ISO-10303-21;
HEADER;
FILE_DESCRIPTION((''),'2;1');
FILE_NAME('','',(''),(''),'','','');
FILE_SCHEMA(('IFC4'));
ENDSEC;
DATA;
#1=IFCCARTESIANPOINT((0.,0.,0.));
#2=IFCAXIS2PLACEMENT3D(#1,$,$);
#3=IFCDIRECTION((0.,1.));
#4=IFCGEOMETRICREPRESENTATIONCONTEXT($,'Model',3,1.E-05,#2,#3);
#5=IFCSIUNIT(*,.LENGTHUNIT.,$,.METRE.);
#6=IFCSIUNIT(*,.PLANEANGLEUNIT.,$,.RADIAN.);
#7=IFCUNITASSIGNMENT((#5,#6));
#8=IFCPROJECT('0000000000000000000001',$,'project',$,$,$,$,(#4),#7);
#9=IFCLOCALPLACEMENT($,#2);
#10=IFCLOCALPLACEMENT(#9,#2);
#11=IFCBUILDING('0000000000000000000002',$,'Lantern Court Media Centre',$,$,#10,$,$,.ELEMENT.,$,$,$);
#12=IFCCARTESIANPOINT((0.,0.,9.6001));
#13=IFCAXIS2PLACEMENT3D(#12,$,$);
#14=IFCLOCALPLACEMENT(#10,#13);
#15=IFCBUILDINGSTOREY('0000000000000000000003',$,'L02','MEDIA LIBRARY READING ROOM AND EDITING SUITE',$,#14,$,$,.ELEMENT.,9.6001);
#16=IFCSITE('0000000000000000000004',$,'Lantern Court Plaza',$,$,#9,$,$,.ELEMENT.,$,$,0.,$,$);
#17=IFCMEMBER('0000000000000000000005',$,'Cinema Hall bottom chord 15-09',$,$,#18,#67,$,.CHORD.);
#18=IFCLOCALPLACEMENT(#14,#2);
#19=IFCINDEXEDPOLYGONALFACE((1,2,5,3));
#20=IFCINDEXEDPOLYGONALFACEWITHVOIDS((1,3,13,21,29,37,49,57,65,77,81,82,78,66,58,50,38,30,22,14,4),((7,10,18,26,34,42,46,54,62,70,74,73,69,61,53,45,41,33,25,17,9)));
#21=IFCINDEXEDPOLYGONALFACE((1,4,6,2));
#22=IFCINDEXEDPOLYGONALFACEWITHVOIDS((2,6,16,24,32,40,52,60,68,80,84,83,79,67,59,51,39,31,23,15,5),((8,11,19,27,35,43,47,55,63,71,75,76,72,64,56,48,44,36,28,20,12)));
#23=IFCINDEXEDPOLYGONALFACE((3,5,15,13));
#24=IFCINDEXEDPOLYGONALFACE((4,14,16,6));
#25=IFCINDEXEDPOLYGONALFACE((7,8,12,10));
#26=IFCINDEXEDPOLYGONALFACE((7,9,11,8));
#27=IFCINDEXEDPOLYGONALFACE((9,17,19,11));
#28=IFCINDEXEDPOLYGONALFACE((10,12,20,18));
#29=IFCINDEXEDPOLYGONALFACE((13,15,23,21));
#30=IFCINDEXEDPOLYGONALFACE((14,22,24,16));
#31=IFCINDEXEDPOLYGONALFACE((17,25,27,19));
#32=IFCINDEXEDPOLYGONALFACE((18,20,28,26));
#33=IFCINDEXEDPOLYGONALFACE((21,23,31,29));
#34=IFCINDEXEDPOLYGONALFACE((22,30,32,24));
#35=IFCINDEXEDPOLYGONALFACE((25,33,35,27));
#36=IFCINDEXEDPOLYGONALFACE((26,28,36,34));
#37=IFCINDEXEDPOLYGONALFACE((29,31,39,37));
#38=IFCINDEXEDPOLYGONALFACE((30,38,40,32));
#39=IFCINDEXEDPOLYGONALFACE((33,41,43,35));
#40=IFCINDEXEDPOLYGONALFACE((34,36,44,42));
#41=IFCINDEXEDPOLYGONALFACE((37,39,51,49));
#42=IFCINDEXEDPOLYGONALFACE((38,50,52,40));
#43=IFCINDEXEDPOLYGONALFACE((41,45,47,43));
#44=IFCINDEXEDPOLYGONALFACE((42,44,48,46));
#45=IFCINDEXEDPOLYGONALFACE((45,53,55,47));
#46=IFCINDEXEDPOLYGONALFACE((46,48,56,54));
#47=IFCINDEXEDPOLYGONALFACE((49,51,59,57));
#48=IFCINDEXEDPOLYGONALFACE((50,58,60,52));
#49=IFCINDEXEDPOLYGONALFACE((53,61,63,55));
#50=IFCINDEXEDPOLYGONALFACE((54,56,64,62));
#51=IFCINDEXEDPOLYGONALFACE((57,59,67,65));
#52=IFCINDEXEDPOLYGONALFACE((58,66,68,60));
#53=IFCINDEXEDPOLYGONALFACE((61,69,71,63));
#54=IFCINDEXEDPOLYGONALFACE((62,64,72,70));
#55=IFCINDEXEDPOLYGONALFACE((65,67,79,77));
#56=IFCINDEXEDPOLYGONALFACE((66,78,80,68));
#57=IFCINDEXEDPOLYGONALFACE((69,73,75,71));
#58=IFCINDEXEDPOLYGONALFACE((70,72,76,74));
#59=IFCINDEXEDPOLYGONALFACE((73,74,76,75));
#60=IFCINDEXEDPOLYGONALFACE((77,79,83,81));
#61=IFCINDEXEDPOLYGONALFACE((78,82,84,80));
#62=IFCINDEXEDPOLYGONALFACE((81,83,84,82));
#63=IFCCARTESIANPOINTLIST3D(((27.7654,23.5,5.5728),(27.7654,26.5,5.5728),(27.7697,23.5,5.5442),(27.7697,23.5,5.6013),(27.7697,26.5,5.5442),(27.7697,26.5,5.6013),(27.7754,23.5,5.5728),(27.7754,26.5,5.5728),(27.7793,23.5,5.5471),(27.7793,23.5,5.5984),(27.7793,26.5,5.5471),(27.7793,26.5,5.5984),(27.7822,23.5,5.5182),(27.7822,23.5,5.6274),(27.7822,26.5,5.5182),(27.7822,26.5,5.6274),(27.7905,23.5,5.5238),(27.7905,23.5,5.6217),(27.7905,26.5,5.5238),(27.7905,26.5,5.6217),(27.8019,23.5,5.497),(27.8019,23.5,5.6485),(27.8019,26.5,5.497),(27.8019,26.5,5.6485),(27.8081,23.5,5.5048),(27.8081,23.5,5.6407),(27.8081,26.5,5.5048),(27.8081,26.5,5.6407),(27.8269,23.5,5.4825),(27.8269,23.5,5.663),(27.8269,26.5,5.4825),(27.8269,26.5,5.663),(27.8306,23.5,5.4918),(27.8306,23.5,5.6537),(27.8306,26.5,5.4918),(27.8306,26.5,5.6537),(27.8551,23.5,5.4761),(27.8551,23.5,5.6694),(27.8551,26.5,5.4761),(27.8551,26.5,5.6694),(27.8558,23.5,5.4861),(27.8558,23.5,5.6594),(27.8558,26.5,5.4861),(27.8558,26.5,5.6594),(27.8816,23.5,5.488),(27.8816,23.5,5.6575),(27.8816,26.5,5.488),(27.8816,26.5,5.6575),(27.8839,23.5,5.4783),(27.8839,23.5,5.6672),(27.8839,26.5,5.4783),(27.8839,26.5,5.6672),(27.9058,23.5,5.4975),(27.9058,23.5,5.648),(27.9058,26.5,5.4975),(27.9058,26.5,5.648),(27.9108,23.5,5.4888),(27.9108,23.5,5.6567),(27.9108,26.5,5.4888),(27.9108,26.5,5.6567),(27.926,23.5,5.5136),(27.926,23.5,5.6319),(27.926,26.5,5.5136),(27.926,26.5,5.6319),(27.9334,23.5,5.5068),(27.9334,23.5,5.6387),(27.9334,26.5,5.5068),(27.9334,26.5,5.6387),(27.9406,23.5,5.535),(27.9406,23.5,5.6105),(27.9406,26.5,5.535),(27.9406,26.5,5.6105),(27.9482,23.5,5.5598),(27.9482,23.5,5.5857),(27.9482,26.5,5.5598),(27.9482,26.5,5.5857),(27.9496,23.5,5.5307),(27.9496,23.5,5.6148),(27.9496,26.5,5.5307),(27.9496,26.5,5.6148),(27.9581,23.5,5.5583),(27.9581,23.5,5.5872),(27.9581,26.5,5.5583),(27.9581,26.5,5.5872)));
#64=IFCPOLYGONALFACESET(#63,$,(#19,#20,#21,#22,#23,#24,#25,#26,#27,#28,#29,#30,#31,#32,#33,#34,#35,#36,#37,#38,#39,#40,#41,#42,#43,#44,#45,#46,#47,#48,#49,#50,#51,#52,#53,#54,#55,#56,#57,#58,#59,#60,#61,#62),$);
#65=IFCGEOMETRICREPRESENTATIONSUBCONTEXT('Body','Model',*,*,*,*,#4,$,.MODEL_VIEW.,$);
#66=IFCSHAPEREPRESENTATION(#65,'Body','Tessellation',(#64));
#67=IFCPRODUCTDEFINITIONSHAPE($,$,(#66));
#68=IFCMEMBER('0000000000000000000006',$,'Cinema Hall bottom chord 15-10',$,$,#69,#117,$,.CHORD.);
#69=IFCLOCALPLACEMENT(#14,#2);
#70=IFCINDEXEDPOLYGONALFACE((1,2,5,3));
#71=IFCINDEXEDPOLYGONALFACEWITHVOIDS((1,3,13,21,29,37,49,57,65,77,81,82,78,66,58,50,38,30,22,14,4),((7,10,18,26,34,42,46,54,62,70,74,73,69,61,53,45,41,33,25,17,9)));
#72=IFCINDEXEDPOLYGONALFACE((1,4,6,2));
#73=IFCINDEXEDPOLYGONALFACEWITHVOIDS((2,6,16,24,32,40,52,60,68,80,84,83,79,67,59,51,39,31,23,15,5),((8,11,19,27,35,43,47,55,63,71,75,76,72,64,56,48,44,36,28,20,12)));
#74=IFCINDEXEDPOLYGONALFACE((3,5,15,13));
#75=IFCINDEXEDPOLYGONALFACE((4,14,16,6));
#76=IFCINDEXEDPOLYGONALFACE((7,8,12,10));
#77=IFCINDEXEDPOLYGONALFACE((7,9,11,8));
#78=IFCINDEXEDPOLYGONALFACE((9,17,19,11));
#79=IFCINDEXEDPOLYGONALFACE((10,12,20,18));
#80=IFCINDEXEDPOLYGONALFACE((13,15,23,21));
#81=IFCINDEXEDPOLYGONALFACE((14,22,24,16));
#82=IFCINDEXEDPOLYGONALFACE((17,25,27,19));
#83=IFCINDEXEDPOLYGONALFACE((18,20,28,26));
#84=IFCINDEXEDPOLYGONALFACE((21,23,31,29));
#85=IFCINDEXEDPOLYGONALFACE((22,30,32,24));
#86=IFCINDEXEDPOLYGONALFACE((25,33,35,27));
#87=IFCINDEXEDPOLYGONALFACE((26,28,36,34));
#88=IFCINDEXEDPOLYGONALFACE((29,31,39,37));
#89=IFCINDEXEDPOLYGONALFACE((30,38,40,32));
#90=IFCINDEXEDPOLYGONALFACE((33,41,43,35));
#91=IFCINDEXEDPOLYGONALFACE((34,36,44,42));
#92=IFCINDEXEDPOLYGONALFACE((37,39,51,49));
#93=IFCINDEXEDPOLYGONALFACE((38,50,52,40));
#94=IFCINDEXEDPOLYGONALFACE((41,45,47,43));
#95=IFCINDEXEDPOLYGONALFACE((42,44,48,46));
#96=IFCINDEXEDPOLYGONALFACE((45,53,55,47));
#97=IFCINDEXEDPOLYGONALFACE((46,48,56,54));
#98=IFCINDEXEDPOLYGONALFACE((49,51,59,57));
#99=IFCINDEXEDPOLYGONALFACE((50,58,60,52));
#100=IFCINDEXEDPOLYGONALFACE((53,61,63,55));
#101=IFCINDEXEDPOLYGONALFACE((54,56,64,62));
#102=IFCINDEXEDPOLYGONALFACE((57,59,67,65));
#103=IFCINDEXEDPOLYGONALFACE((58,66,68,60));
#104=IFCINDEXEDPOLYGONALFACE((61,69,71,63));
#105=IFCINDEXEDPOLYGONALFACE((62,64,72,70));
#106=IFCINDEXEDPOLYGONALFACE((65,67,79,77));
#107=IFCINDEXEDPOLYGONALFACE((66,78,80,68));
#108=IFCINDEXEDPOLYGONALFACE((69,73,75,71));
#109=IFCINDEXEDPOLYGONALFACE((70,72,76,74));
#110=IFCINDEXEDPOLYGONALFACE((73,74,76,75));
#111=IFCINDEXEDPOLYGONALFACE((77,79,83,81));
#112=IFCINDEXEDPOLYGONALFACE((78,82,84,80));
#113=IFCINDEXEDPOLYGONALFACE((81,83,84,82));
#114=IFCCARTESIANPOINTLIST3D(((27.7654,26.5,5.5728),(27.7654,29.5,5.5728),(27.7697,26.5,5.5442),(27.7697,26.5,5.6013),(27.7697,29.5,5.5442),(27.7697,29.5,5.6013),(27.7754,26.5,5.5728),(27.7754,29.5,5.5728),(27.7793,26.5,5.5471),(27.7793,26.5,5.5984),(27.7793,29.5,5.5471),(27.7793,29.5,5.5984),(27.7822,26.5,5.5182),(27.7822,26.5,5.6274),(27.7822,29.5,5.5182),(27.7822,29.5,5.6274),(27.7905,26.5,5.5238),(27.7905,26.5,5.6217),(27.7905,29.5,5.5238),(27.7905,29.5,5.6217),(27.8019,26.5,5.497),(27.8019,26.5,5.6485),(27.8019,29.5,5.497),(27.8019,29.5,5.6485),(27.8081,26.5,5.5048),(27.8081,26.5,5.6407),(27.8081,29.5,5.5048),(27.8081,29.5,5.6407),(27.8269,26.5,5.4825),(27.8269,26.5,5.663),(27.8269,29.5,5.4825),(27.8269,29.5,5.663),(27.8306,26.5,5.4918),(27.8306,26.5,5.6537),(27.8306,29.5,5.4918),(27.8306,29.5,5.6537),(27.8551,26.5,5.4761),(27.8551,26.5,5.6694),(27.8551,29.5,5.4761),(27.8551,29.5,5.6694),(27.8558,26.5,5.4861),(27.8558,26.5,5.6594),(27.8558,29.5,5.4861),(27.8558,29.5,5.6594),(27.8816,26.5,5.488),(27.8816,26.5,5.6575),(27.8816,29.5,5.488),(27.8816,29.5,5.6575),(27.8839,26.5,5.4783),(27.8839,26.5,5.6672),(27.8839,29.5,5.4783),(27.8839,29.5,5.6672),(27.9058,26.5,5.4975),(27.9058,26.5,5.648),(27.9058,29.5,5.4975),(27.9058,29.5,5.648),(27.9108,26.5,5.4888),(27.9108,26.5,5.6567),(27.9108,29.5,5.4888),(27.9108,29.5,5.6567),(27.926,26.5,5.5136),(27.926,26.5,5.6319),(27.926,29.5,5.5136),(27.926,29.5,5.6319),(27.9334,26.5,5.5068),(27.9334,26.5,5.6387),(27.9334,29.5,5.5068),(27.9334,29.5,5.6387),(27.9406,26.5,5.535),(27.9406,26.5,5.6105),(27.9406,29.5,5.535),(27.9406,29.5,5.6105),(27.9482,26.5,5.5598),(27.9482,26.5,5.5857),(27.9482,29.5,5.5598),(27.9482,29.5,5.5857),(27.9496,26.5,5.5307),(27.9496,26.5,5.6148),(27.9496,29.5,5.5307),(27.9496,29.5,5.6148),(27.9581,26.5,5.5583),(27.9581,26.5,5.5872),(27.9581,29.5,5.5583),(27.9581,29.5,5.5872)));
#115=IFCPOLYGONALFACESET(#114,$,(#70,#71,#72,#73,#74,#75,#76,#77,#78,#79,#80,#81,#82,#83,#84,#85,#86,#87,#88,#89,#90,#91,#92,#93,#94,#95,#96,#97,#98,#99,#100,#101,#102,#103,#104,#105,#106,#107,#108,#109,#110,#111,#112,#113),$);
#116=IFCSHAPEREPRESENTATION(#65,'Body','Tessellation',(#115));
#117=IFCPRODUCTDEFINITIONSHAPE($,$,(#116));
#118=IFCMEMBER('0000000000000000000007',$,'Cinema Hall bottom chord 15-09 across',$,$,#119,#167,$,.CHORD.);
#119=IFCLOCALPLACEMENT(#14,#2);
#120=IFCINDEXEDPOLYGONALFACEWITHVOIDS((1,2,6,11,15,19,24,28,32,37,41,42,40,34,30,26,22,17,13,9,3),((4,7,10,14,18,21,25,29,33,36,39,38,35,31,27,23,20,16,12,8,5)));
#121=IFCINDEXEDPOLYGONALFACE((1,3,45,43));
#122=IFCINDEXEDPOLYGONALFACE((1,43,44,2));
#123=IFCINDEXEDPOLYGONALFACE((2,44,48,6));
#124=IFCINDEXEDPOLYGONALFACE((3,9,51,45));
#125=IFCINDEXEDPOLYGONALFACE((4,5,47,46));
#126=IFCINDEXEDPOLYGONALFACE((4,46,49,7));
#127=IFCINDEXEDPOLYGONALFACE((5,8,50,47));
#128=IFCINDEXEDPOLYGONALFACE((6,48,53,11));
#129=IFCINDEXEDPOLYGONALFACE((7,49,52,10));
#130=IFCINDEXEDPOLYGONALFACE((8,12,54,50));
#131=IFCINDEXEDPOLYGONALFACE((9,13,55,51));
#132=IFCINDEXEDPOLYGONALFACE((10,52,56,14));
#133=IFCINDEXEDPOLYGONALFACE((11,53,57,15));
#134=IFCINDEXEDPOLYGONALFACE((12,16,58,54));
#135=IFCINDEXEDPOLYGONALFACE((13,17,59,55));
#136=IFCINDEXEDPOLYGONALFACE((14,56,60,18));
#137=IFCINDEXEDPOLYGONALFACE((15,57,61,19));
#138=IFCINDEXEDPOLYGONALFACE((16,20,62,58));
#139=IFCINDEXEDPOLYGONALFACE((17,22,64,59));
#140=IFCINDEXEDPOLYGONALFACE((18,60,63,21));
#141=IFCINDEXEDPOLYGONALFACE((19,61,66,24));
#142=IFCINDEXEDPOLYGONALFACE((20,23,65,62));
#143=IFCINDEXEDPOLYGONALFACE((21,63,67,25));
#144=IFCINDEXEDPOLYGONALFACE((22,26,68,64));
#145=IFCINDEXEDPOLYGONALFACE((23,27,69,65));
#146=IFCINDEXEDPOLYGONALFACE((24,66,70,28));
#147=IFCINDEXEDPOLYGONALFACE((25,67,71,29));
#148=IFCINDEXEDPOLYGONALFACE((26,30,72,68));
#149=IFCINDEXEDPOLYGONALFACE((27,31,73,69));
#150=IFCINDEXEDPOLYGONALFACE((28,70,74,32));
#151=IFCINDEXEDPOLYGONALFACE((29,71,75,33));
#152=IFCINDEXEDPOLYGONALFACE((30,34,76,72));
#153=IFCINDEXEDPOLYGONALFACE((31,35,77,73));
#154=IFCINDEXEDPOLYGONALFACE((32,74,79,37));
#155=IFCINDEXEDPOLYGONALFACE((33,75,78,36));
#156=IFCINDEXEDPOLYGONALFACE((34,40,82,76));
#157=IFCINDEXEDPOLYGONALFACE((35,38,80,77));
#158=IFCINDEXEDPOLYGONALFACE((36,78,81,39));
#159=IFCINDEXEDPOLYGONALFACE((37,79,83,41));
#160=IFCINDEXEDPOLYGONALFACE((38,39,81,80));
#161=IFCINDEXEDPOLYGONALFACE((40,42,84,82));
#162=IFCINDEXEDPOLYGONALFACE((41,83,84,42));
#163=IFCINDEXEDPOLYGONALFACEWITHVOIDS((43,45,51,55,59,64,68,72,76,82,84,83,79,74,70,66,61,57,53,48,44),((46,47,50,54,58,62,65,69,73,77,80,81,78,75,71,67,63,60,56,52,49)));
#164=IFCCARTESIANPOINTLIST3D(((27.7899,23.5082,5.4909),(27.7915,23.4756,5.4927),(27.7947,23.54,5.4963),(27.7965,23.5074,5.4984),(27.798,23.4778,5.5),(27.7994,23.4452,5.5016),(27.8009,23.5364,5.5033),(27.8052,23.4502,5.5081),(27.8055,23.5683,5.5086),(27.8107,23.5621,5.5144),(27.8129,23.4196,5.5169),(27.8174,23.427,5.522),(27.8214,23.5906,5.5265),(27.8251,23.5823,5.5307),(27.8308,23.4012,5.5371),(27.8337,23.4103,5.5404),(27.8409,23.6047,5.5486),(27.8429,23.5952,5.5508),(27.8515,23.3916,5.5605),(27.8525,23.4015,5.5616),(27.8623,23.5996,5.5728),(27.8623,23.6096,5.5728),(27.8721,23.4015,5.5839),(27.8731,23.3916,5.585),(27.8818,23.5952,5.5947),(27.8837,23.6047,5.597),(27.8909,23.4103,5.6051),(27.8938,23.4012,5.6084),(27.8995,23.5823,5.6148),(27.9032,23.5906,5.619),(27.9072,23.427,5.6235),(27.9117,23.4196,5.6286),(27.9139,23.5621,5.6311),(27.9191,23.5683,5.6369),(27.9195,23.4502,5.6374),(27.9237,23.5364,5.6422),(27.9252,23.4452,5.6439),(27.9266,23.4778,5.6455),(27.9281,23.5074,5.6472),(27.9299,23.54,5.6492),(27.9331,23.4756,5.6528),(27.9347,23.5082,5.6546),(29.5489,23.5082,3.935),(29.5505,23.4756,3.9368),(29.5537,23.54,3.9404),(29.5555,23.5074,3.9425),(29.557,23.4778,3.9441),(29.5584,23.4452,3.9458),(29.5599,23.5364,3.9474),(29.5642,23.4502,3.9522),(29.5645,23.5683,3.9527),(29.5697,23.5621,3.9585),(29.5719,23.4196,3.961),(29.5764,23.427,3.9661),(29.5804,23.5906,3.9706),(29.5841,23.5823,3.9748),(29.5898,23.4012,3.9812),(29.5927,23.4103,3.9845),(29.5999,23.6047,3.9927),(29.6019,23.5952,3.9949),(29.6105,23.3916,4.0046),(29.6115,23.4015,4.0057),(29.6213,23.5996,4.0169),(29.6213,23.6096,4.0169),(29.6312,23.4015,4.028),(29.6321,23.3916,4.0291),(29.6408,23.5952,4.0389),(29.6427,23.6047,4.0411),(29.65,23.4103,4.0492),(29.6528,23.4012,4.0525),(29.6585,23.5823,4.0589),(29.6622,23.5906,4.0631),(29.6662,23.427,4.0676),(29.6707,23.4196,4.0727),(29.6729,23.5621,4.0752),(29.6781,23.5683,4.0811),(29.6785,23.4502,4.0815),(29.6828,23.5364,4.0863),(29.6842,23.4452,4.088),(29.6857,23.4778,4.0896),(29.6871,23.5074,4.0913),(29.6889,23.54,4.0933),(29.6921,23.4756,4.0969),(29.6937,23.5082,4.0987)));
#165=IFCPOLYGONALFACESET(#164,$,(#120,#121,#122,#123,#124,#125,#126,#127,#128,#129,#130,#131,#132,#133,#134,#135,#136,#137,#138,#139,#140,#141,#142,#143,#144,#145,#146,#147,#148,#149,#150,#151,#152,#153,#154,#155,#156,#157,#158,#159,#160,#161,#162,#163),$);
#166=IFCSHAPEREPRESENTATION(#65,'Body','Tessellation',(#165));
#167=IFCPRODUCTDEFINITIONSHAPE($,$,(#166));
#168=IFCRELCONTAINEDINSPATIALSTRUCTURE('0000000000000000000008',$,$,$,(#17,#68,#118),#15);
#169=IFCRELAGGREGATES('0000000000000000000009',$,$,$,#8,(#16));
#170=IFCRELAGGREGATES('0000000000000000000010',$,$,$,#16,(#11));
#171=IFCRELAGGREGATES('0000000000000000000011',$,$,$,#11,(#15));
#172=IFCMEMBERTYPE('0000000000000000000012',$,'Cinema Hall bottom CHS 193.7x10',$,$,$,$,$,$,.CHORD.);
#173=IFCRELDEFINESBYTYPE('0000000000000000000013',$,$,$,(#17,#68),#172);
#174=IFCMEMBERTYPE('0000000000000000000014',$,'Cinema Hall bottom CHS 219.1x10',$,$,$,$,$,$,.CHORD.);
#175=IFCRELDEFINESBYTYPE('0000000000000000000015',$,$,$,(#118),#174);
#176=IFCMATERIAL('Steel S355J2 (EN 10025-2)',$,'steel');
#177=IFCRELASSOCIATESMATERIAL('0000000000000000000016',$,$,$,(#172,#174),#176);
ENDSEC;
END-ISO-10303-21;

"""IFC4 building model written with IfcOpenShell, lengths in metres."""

from ifc_helpers import new_model, si_unit, direction, frame, origin, origin_2d, place, context, subcontext, project, spatial, hollow_circle, extrude, material, material_profile, profile_set, type_object, element, save


model = new_model("IFC4")

# Units and contexts
model_context = context("Model", 3, precision=1e-05, world=origin(), true_north=direction((0.0, 1.0)))
body_context = subcontext(model_context, "Body", "Model", "MODEL_VIEW")
ifc_project = project(units=[si_unit("LENGTHUNIT", "METRE"), si_unit("PLANEANGLEUNIT", "RADIAN")], contexts=[model_context])

# Site, building, storey
site_placement = place(None, origin())
site = spatial("IfcSite", under=ifc_project, at=site_placement, Name="Lantern Court Plaza", CompositionType="ELEMENT", RefElevation=0.0)
building_placement = place(site_placement, origin())
building = spatial("IfcBuilding", under=site, at=building_placement, Name="Lantern Court Media Centre", CompositionType="ELEMENT")
storey_placement = place(building_placement, frame((0.0, 0.0, 9.6001)))
storey = spatial("IfcBuildingStorey", under=building, at=storey_placement, Name="L02", Description="MEDIA LIBRARY READING ROOM AND EDITING SUITE", CompositionType="ELEMENT", Elevation=9.6001)

# Members
ifc_material = material(Name="Steel S355J2 (EN 10025-2)", Category="steel")
ifc_material_profile_1 = material_profile(ifc_material, hollow_circle(Radius=0.0969, WallThickness=0.01, at=origin_2d()), Name="Cinema Hall bottom CHS 193.7x10")
ifc_profile_set_1 = profile_set([ifc_material_profile_1], Name="Steel S355J2 (EN 10025-2)")
member_type_1 = type_object("IfcMemberType", Name="Cinema Hall bottom CHS 193.7x10", PredefinedType="CHORD", material=ifc_profile_set_1)
for number, where, z_axis, x_axis, name in (
    (1, (27.8623, 23.5, 5.5728), (0.0, 1.0, 0.0), (-1.0, 0.0, 0.0), "Cinema Hall bottom chord 15-09"),
    (2, (27.8623, 26.5, 5.5728), (0.0, 1.0, 0.0), (-1.0, 0.0, 0.0), "Cinema Hall bottom chord 15-10"),
):
    element("IfcMember", number, at=place(storey_placement, frame(where, z_axis=z_axis, x_axis=x_axis)), inside=storey, type_object=member_type_1, Name=name, PredefinedType="CHORD", context=body_context, shape_type="SweptSolid", body=[
        extrude(hollow_circle(Radius=0.0969, WallThickness=0.01, at=origin_2d()), origin(), (0.0, 0.0, 1.0), 3.0),
    ])
ifc_material_profile_2 = material_profile(ifc_material, hollow_circle(Radius=0.1096, WallThickness=0.01, at=origin_2d()), Name="Cinema Hall bottom CHS 219.1x10")
ifc_profile_set_2 = profile_set([ifc_material_profile_2], Name="Steel S355J2 (EN 10025-2)")
member_type_2 = type_object("IfcMemberType", Name="Cinema Hall bottom CHS 219.1x10", PredefinedType="CHORD", material=ifc_profile_set_2)
for number, where, z_axis, x_axis, name in (
    (3, (27.8623, 23.5, 5.5728), (0.74903, 0.0, -0.662536), (0.0, 1.0, 0.0), "Cinema Hall bottom chord 15-09 across"),
):
    element("IfcMember", number, at=place(storey_placement, frame(where, z_axis=z_axis, x_axis=x_axis)), inside=storey, type_object=member_type_2, Name=name, PredefinedType="CHORD", context=body_context, shape_type="SweptSolid", body=[
        extrude(hollow_circle(Radius=0.1096, WallThickness=0.01, at=origin_2d()), origin(), (0.0, 0.0, 1.0), 2.3484),
    ])

save(model, "model.ifc")
